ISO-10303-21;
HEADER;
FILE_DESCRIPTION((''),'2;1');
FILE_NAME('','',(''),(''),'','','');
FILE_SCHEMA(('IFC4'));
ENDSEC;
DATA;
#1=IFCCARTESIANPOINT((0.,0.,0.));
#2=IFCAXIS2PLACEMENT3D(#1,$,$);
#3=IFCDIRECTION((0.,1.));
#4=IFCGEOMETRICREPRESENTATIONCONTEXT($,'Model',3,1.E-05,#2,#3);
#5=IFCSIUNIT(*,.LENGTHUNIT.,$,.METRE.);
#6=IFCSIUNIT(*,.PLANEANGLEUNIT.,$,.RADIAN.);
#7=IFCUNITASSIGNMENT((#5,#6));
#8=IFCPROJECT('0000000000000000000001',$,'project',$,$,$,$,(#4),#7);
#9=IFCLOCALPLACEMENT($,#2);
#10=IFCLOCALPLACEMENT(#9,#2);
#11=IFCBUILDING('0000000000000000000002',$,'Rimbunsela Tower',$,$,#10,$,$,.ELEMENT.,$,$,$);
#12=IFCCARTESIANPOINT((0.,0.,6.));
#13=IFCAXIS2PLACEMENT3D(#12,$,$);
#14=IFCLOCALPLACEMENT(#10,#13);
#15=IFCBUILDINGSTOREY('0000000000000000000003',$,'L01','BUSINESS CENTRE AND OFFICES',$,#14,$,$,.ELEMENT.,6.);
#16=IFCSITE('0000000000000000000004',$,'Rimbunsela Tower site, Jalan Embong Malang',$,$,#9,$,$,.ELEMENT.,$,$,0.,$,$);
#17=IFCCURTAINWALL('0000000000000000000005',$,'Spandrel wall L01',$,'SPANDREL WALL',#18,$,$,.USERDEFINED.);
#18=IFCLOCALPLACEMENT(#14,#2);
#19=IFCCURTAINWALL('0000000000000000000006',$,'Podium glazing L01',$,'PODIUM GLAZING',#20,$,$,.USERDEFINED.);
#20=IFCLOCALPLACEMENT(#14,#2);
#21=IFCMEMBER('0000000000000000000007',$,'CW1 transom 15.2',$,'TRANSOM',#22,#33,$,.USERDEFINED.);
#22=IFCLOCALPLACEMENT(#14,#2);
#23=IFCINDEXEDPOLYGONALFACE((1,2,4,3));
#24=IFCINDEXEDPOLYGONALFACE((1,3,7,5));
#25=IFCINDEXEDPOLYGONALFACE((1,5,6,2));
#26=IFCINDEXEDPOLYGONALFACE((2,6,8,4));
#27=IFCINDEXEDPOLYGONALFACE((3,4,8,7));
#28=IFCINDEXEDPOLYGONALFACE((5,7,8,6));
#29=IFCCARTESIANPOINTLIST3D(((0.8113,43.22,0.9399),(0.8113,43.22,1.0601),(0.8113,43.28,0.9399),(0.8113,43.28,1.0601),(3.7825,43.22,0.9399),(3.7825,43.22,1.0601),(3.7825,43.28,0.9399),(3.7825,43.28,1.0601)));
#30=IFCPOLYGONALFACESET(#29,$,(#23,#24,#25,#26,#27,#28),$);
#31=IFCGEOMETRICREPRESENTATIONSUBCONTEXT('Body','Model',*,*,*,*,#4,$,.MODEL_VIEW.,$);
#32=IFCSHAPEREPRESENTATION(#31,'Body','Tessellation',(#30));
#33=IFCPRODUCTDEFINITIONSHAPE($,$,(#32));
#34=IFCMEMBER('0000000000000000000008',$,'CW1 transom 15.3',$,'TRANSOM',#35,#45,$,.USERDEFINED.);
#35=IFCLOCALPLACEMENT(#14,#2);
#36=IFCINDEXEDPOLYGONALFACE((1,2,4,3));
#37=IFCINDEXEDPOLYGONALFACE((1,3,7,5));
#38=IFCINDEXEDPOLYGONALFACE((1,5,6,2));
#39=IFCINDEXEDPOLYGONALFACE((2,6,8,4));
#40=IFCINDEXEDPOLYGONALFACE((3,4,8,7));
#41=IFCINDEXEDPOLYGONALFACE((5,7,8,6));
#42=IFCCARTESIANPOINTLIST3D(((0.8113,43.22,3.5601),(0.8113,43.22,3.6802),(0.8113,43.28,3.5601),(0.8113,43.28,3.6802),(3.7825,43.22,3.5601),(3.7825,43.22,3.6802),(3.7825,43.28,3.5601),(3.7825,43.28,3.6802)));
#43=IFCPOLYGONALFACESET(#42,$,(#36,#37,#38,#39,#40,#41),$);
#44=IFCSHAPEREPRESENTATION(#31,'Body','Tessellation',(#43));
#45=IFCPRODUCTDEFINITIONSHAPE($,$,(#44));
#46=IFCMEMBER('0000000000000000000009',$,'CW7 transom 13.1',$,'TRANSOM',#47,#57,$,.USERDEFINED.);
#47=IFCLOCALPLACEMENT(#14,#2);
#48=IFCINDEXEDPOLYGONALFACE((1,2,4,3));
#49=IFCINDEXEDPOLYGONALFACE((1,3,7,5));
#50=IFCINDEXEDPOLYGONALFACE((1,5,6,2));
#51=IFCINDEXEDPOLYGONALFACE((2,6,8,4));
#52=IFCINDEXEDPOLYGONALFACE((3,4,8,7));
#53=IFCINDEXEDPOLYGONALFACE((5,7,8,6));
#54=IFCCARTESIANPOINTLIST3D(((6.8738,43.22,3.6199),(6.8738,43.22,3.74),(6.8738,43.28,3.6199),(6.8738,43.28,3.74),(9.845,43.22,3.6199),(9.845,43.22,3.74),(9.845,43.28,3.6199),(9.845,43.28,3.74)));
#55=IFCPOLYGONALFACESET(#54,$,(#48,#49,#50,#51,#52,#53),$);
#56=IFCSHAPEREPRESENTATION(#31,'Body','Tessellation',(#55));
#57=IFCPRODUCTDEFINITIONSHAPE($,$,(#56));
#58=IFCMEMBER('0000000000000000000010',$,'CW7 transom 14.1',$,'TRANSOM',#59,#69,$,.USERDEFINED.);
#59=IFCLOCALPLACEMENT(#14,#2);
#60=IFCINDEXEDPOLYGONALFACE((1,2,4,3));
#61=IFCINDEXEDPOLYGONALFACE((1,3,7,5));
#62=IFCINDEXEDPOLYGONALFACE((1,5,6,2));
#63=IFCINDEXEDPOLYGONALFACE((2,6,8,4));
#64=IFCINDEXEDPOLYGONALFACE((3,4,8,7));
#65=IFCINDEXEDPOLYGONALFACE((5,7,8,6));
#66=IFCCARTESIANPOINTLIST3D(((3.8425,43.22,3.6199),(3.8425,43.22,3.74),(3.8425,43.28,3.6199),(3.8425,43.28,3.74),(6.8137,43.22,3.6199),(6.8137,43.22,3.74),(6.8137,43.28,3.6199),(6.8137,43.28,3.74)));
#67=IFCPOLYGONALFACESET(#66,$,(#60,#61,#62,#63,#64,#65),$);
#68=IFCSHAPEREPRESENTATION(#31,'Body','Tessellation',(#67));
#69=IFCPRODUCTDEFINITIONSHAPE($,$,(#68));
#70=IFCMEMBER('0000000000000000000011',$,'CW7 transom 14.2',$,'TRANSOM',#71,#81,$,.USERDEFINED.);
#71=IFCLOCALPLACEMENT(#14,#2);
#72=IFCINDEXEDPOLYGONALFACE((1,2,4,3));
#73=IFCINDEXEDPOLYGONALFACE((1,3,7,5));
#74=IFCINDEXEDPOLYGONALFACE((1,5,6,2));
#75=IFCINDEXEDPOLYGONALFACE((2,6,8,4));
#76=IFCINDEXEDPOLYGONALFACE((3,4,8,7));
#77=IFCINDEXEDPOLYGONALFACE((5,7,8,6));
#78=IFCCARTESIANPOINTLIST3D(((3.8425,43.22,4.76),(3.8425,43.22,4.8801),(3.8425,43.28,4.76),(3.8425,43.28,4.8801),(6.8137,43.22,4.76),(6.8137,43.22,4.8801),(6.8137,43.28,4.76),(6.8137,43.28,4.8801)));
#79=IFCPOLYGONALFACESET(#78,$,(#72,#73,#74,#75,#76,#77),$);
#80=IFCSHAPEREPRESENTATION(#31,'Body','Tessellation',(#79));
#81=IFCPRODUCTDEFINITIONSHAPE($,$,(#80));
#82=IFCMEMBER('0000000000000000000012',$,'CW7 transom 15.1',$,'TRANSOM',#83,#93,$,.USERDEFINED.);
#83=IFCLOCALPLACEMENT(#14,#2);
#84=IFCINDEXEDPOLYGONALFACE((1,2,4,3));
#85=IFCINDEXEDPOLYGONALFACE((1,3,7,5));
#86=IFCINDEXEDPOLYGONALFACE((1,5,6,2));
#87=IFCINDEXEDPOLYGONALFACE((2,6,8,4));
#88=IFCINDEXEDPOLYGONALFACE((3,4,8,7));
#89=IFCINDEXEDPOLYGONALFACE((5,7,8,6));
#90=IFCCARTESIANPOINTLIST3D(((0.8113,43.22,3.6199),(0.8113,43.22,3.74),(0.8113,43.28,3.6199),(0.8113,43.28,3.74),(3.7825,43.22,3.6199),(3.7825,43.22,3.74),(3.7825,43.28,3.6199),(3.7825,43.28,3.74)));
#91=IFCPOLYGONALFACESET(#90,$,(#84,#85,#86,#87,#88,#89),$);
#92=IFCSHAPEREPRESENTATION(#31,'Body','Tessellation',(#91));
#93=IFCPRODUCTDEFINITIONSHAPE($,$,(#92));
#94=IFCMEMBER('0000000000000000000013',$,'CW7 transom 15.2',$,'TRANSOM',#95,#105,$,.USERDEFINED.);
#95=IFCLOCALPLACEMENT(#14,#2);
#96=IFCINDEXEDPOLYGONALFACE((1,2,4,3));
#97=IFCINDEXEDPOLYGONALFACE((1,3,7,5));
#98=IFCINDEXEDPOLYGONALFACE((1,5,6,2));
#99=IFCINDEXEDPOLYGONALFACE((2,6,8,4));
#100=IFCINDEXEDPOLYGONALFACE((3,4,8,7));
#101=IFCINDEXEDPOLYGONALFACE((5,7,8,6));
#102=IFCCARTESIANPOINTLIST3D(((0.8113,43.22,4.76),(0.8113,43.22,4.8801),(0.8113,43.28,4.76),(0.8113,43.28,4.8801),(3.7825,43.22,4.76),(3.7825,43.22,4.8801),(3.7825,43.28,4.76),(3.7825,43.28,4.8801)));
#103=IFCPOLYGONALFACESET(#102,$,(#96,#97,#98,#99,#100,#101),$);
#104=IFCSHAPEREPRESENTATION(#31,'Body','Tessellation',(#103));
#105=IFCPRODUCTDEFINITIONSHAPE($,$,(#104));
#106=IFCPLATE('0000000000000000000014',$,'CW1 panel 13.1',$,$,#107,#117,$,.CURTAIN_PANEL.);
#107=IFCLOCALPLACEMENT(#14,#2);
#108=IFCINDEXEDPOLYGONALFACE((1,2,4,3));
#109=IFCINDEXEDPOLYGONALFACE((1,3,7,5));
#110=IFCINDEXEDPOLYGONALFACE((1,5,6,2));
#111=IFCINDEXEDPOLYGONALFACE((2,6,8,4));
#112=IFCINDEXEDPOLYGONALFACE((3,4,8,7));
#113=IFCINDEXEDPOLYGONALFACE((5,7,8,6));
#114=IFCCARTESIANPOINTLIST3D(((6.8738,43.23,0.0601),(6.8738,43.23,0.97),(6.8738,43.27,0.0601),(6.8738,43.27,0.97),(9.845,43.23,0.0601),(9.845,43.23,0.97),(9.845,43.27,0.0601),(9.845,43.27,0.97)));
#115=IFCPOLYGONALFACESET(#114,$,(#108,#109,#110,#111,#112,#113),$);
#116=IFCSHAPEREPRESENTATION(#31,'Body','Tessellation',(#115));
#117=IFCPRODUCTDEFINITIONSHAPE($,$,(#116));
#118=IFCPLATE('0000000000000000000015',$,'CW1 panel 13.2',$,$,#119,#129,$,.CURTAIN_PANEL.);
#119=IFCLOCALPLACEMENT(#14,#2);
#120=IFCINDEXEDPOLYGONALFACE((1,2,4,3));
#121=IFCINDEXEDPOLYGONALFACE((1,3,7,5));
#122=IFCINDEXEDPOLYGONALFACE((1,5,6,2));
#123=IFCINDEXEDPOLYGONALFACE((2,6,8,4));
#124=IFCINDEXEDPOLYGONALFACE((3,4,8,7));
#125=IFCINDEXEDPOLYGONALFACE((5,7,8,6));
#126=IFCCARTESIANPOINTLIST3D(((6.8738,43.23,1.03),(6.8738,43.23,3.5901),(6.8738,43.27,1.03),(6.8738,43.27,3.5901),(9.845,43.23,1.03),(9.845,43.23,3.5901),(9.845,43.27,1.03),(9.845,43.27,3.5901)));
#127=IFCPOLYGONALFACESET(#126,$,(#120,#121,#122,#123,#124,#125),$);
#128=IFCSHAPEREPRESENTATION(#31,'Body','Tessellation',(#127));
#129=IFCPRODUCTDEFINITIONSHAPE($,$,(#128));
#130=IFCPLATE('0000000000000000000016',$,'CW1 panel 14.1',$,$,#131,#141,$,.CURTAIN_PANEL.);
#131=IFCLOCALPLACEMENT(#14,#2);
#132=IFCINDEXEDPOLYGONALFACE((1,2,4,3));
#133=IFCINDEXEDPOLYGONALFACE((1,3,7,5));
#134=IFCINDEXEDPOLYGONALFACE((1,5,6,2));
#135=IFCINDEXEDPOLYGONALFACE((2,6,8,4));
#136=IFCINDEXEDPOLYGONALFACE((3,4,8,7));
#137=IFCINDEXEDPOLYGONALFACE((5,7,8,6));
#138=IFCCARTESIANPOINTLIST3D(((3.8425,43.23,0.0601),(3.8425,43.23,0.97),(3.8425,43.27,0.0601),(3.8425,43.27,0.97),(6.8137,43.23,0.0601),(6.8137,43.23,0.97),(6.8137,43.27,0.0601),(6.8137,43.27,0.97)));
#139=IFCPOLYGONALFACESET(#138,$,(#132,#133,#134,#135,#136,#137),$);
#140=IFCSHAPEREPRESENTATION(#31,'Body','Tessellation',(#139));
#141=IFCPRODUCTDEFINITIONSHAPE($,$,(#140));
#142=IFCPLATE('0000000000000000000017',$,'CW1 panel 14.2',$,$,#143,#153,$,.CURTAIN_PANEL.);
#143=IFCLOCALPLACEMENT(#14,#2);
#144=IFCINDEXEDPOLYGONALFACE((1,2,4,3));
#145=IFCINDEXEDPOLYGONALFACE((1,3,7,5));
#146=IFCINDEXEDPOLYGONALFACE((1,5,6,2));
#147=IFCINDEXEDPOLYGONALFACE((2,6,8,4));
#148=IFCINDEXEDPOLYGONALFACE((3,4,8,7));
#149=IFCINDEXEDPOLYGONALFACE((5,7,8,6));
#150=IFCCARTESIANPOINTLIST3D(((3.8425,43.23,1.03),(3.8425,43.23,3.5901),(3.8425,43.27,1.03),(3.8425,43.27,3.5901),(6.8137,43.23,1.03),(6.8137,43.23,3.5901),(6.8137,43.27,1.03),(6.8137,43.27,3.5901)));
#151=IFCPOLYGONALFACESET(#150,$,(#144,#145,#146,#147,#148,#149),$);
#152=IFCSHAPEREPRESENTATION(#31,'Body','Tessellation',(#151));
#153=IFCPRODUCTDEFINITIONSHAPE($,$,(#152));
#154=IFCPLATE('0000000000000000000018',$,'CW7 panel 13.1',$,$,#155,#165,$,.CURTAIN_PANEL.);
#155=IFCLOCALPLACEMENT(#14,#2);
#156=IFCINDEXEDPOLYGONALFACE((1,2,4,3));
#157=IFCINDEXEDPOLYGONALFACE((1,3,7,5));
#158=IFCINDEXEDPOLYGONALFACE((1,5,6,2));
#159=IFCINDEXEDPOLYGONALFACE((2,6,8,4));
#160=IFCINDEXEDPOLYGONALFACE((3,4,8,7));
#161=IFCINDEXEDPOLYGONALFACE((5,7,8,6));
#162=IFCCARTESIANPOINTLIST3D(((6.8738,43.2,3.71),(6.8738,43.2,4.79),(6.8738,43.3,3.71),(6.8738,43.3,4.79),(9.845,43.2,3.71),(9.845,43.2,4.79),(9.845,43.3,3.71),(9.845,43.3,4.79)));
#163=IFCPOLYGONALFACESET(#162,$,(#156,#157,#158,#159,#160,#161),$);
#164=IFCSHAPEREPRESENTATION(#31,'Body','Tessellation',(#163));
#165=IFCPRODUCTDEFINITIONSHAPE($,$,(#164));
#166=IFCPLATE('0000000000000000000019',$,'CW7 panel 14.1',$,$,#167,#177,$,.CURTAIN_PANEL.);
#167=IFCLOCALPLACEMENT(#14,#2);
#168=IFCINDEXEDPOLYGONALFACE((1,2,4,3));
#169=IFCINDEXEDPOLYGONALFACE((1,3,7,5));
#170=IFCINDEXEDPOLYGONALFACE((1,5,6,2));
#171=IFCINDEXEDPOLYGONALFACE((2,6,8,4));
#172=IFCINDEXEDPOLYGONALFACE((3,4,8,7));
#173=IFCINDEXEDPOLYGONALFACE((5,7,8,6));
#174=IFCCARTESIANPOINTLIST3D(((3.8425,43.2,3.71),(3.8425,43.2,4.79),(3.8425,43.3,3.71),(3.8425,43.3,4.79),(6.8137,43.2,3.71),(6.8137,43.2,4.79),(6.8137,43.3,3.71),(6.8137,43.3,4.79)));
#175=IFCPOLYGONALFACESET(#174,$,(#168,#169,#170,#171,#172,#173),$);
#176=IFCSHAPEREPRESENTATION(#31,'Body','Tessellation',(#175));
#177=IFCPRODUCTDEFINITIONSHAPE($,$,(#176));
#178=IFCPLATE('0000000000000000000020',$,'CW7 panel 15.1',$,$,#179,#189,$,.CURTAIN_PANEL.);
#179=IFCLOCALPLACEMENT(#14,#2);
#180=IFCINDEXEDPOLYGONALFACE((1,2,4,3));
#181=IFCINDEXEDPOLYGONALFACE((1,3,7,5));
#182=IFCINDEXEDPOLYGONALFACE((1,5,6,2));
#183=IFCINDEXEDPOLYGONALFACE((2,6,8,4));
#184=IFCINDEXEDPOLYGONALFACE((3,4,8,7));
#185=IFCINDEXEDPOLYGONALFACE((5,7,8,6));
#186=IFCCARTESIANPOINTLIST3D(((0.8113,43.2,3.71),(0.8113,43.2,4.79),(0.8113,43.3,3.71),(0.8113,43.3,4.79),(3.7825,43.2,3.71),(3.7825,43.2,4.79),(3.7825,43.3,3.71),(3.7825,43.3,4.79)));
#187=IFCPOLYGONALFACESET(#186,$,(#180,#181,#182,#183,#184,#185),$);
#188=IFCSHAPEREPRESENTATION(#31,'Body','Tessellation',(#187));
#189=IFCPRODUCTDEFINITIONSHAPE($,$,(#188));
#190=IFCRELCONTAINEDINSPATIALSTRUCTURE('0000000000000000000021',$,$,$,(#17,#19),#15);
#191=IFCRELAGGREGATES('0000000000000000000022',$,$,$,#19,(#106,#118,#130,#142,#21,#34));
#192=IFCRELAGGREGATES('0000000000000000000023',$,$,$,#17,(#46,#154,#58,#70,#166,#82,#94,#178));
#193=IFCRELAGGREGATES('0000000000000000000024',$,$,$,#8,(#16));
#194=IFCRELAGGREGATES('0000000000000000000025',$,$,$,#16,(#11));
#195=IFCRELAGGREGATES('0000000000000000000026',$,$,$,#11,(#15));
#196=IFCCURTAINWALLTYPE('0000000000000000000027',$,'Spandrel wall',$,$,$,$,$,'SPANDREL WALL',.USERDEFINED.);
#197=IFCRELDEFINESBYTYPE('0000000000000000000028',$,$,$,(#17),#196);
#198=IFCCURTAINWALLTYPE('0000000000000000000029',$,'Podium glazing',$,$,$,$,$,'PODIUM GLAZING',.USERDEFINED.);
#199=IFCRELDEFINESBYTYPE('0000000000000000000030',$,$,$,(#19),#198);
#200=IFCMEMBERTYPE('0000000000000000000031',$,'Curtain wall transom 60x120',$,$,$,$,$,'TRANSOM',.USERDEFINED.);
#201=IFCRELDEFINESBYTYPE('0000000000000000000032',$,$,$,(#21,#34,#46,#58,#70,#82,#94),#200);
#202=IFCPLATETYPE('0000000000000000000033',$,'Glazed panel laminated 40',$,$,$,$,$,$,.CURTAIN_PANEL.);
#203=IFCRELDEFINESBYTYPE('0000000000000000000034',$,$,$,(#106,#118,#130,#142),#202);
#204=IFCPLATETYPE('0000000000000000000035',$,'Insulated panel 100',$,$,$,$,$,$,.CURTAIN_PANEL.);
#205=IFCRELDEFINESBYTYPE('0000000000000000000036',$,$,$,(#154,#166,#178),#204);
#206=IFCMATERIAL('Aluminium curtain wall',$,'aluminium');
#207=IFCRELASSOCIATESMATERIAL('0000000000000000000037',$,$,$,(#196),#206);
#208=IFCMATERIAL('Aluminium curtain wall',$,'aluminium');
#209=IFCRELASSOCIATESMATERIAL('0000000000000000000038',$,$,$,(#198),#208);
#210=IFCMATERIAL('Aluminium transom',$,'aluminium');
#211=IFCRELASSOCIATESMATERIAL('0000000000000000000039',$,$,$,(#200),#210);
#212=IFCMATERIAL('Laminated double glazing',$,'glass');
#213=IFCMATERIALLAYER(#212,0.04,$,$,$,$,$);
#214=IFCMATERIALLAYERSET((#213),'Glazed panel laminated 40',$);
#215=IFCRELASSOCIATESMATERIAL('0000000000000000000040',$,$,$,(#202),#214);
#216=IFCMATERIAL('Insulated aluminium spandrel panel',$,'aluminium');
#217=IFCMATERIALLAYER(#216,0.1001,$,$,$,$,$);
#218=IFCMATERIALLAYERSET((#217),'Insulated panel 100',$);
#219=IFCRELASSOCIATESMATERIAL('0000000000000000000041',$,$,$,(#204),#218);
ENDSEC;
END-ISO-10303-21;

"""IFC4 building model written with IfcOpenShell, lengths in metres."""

from ifc_helpers import new_model, si_unit, direction, frame, origin, origin_2d, place, context, subcontext, project, spatial, rectangle, extrude, material, layer, layer_set, material_profile, profile_set, type_object, element, aggregate, save


model = new_model("IFC4")

# Units and contexts
model_context = context("Model", 3, precision=1e-05, world=origin(), true_north=direction((0.0, 1.0)))
body_context = subcontext(model_context, "Body", "Model", "MODEL_VIEW")
ifc_project = project(units=[si_unit("LENGTHUNIT", "METRE"), si_unit("PLANEANGLEUNIT", "RADIAN")], contexts=[model_context])

# Site, building, storey
site_placement = place(None, origin())
site = spatial("IfcSite", under=ifc_project, at=site_placement, Name="Rimbunsela Tower site, Jalan Embong Malang", CompositionType="ELEMENT", RefElevation=0.0)
building_placement = place(site_placement, origin())
building = spatial("IfcBuilding", under=site, at=building_placement, Name="Rimbunsela Tower", CompositionType="ELEMENT")
storey_placement = place(building_placement, frame((0.0, 0.0, 6.0)))
storey = spatial("IfcBuildingStorey", under=building, at=storey_placement, Name="L01", Description="BUSINESS CENTRE AND OFFICES", CompositionType="ELEMENT", Elevation=6.0)

# Curtain walls, members
ifc_material_1 = material(Name="Aluminium curtain wall", Category="aluminium")
curtain_wall_type_1 = type_object("IfcCurtainWallType", Name="Spandrel wall", ElementType="SPANDREL WALL", PredefinedType="USERDEFINED", material=ifc_material_1)
curtain_wall_1_placement = place(storey_placement, origin())
curtain_wall_1 = element("IfcCurtainWall", 1, at=curtain_wall_1_placement, inside=storey, type_object=curtain_wall_type_1, Name="Spandrel wall L01", ObjectType="SPANDREL WALL", PredefinedType="USERDEFINED")
ifc_material_2 = material(Name="Aluminium curtain wall", Category="aluminium")
curtain_wall_type_2 = type_object("IfcCurtainWallType", Name="Podium glazing", ElementType="PODIUM GLAZING", PredefinedType="USERDEFINED", material=ifc_material_2)
curtain_wall_2_placement = place(storey_placement, origin())
curtain_wall_2 = element("IfcCurtainWall", 2, at=curtain_wall_2_placement, inside=storey, type_object=curtain_wall_type_2, Name="Podium glazing L01", ObjectType="PODIUM GLAZING", PredefinedType="USERDEFINED")
ifc_material_3 = material(Name="Aluminium transom", Category="aluminium")
ifc_material_profile_1 = material_profile(ifc_material_3, rectangle(XDim=0.0601, YDim=0.1201, at=origin_2d()), Name="Transom 60x120")
ifc_profile_set_1 = profile_set([ifc_material_profile_1], Name="Aluminium transom")
member_type_1 = type_object("IfcMemberType", Name="Curtain wall transom 60x120", ElementType="TRANSOM", PredefinedType="USERDEFINED", material=ifc_profile_set_1)
member_1_placement = place(storey_placement, frame((3.7825, 43.25, 1.0), z_axis=(-1.0, 0.0, 0.0), x_axis=(0.0, -1.0, 0.0)))
member_1 = element("IfcMember", 3, at=member_1_placement, type_object=member_type_1, Name="CW1 transom 15.2", ObjectType="TRANSOM", PredefinedType="USERDEFINED", context=body_context, shape_type="SweptSolid", body=[
    extrude(rectangle(XDim=0.0601, YDim=0.1201, at=origin_2d()), origin(), (0.0, 0.0, 1.0), 2.9712),
])
member_2_placement = place(storey_placement, frame((3.7825, 43.25, 3.6201), z_axis=(-1.0, 0.0, 0.0), x_axis=(0.0, -1.0, 0.0)))
member_2 = element("IfcMember", 4, at=member_2_placement, type_object=member_type_1, Name="CW1 transom 15.3", ObjectType="TRANSOM", PredefinedType="USERDEFINED", context=body_context, shape_type="SweptSolid", body=[
    extrude(rectangle(XDim=0.0601, YDim=0.1201, at=origin_2d()), origin(), (0.0, 0.0, 1.0), 2.9712),
])

# Members
member_3_placement = place(storey_placement, frame((9.845, 43.25, 3.6799), z_axis=(-1.0, 0.0, 0.0), x_axis=(0.0, -1.0, 0.0)))
member_3 = element("IfcMember", 5, at=member_3_placement, type_object=member_type_1, Name="CW7 transom 13.1", ObjectType="TRANSOM", PredefinedType="USERDEFINED", context=body_context, shape_type="SweptSolid", body=[
    extrude(rectangle(XDim=0.0601, YDim=0.1201, at=origin_2d()), origin(), (0.0, 0.0, 1.0), 2.9712),
])
member_4_placement = place(storey_placement, frame((6.8137, 43.25, 3.6799), z_axis=(-1.0, 0.0, 0.0), x_axis=(0.0, -1.0, 0.0)))
member_4 = element("IfcMember", 6, at=member_4_placement, type_object=member_type_1, Name="CW7 transom 14.1", ObjectType="TRANSOM", PredefinedType="USERDEFINED", context=body_context, shape_type="SweptSolid", body=[
    extrude(rectangle(XDim=0.0601, YDim=0.1201, at=origin_2d()), origin(), (0.0, 0.0, 1.0), 2.9712),
])
member_5_placement = place(storey_placement, frame((6.8137, 43.25, 4.8201), z_axis=(-1.0, 0.0, 0.0), x_axis=(0.0, -1.0, 0.0)))
member_5 = element("IfcMember", 7, at=member_5_placement, type_object=member_type_1, Name="CW7 transom 14.2", ObjectType="TRANSOM", PredefinedType="USERDEFINED", context=body_context, shape_type="SweptSolid", body=[
    extrude(rectangle(XDim=0.0601, YDim=0.1201, at=origin_2d()), origin(), (0.0, 0.0, 1.0), 2.9712),
])
member_6_placement = place(storey_placement, frame((3.7825, 43.25, 3.6799), z_axis=(-1.0, 0.0, 0.0), x_axis=(0.0, -1.0, 0.0)))
member_6 = element("IfcMember", 8, at=member_6_placement, type_object=member_type_1, Name="CW7 transom 15.1", ObjectType="TRANSOM", PredefinedType="USERDEFINED", context=body_context, shape_type="SweptSolid", body=[
    extrude(rectangle(XDim=0.0601, YDim=0.1201, at=origin_2d()), origin(), (0.0, 0.0, 1.0), 2.9712),
])
member_7_placement = place(storey_placement, frame((3.7825, 43.25, 4.8201), z_axis=(-1.0, 0.0, 0.0), x_axis=(0.0, -1.0, 0.0)))
member_7 = element("IfcMember", 9, at=member_7_placement, type_object=member_type_1, Name="CW7 transom 15.2", ObjectType="TRANSOM", PredefinedType="USERDEFINED", context=body_context, shape_type="SweptSolid", body=[
    extrude(rectangle(XDim=0.0601, YDim=0.1201, at=origin_2d()), origin(), (0.0, 0.0, 1.0), 2.9712),
])

# Plates
ifc_material_4 = material(Name="Laminated double glazing", Category="glass")
ifc_layer_1 = layer(ifc_material_4, 0.04)
ifc_layer_set_1 = layer_set([ifc_layer_1], Name="Glazed panel laminated 40")
plate_type_1 = type_object("IfcPlateType", Name="Glazed panel laminated 40", PredefinedType="CURTAIN_PANEL", material=ifc_layer_set_1)
plate_1_placement = place(storey_placement, frame((8.3594, 43.25, 0.0601), z_axis=(0.0, 0.0, 1.0), x_axis=(-1.0, 0.0, 0.0)))
plate_1 = element("IfcPlate", 10, at=plate_1_placement, type_object=plate_type_1, Name="CW1 panel 13.1", PredefinedType="CURTAIN_PANEL", context=body_context, shape_type="SweptSolid", body=[
    extrude(rectangle(XDim=2.9712, YDim=0.04, at=origin_2d()), origin(), (0.0, 0.0, 1.0), 0.9099),
])
plate_2_placement = place(storey_placement, frame((8.3594, 43.25, 1.03), z_axis=(0.0, 0.0, 1.0), x_axis=(-1.0, 0.0, 0.0)))
plate_2 = element("IfcPlate", 11, at=plate_2_placement, type_object=plate_type_1, Name="CW1 panel 13.2", PredefinedType="CURTAIN_PANEL", context=body_context, shape_type="SweptSolid", body=[
    extrude(rectangle(XDim=2.9712, YDim=0.04, at=origin_2d()), origin(), (0.0, 0.0, 1.0), 2.5601),
])
plate_3_placement = place(storey_placement, frame((5.3281, 43.25, 0.0601), z_axis=(0.0, 0.0, 1.0), x_axis=(-1.0, 0.0, 0.0)))
plate_3 = element("IfcPlate", 12, at=plate_3_placement, type_object=plate_type_1, Name="CW1 panel 14.1", PredefinedType="CURTAIN_PANEL", context=body_context, shape_type="SweptSolid", body=[
    extrude(rectangle(XDim=2.9712, YDim=0.04, at=origin_2d()), origin(), (0.0, 0.0, 1.0), 0.9099),
])
plate_4_placement = place(storey_placement, frame((5.3281, 43.25, 1.03), z_axis=(0.0, 0.0, 1.0), x_axis=(-1.0, 0.0, 0.0)))
plate_4 = element("IfcPlate", 13, at=plate_4_placement, type_object=plate_type_1, Name="CW1 panel 14.2", PredefinedType="CURTAIN_PANEL", context=body_context, shape_type="SweptSolid", body=[
    extrude(rectangle(XDim=2.9712, YDim=0.04, at=origin_2d()), origin(), (0.0, 0.0, 1.0), 2.5601),
])
aggregate(curtain_wall_2, [plate_1, plate_2, plate_3, plate_4, member_1, member_2])
ifc_material_5 = material(Name="Insulated aluminium spandrel panel", Category="aluminium")
ifc_layer_2 = layer(ifc_material_5, 0.1001)
ifc_layer_set_2 = layer_set([ifc_layer_2], Name="Insulated panel 100")
plate_type_2 = type_object("IfcPlateType", Name="Insulated panel 100", PredefinedType="CURTAIN_PANEL", material=ifc_layer_set_2)
plate_5_placement = place(storey_placement, frame((8.3594, 43.25, 3.71), z_axis=(0.0, 0.0, 1.0), x_axis=(-1.0, 0.0, 0.0)))
plate_5 = element("IfcPlate", 14, at=plate_5_placement, type_object=plate_type_2, Name="CW7 panel 13.1", PredefinedType="CURTAIN_PANEL", context=body_context, shape_type="SweptSolid", body=[
    extrude(rectangle(XDim=2.9712, YDim=0.1001, at=origin_2d()), origin(), (0.0, 0.0, 1.0), 1.0801),
])
plate_6_placement = place(storey_placement, frame((5.3281, 43.25, 3.71), z_axis=(0.0, 0.0, 1.0), x_axis=(-1.0, 0.0, 0.0)))
plate_6 = element("IfcPlate", 15, at=plate_6_placement, type_object=plate_type_2, Name="CW7 panel 14.1", PredefinedType="CURTAIN_PANEL", context=body_context, shape_type="SweptSolid", body=[
    extrude(rectangle(XDim=2.9712, YDim=0.1001, at=origin_2d()), origin(), (0.0, 0.0, 1.0), 1.0801),
])
plate_7_placement = place(storey_placement, frame((2.2969, 43.25, 3.71), z_axis=(0.0, 0.0, 1.0), x_axis=(-1.0, 0.0, 0.0)))
plate_7 = element("IfcPlate", 16, at=plate_7_placement, type_object=plate_type_2, Name="CW7 panel 15.1", PredefinedType="CURTAIN_PANEL", context=body_context, shape_type="SweptSolid", body=[
    extrude(rectangle(XDim=2.9712, YDim=0.1001, at=origin_2d()), origin(), (0.0, 0.0, 1.0), 1.0801),
])
aggregate(curtain_wall_1, [member_3, plate_5, member_4, member_5, plate_6, member_6, member_7, plate_7])

save(model, "model.ifc")
